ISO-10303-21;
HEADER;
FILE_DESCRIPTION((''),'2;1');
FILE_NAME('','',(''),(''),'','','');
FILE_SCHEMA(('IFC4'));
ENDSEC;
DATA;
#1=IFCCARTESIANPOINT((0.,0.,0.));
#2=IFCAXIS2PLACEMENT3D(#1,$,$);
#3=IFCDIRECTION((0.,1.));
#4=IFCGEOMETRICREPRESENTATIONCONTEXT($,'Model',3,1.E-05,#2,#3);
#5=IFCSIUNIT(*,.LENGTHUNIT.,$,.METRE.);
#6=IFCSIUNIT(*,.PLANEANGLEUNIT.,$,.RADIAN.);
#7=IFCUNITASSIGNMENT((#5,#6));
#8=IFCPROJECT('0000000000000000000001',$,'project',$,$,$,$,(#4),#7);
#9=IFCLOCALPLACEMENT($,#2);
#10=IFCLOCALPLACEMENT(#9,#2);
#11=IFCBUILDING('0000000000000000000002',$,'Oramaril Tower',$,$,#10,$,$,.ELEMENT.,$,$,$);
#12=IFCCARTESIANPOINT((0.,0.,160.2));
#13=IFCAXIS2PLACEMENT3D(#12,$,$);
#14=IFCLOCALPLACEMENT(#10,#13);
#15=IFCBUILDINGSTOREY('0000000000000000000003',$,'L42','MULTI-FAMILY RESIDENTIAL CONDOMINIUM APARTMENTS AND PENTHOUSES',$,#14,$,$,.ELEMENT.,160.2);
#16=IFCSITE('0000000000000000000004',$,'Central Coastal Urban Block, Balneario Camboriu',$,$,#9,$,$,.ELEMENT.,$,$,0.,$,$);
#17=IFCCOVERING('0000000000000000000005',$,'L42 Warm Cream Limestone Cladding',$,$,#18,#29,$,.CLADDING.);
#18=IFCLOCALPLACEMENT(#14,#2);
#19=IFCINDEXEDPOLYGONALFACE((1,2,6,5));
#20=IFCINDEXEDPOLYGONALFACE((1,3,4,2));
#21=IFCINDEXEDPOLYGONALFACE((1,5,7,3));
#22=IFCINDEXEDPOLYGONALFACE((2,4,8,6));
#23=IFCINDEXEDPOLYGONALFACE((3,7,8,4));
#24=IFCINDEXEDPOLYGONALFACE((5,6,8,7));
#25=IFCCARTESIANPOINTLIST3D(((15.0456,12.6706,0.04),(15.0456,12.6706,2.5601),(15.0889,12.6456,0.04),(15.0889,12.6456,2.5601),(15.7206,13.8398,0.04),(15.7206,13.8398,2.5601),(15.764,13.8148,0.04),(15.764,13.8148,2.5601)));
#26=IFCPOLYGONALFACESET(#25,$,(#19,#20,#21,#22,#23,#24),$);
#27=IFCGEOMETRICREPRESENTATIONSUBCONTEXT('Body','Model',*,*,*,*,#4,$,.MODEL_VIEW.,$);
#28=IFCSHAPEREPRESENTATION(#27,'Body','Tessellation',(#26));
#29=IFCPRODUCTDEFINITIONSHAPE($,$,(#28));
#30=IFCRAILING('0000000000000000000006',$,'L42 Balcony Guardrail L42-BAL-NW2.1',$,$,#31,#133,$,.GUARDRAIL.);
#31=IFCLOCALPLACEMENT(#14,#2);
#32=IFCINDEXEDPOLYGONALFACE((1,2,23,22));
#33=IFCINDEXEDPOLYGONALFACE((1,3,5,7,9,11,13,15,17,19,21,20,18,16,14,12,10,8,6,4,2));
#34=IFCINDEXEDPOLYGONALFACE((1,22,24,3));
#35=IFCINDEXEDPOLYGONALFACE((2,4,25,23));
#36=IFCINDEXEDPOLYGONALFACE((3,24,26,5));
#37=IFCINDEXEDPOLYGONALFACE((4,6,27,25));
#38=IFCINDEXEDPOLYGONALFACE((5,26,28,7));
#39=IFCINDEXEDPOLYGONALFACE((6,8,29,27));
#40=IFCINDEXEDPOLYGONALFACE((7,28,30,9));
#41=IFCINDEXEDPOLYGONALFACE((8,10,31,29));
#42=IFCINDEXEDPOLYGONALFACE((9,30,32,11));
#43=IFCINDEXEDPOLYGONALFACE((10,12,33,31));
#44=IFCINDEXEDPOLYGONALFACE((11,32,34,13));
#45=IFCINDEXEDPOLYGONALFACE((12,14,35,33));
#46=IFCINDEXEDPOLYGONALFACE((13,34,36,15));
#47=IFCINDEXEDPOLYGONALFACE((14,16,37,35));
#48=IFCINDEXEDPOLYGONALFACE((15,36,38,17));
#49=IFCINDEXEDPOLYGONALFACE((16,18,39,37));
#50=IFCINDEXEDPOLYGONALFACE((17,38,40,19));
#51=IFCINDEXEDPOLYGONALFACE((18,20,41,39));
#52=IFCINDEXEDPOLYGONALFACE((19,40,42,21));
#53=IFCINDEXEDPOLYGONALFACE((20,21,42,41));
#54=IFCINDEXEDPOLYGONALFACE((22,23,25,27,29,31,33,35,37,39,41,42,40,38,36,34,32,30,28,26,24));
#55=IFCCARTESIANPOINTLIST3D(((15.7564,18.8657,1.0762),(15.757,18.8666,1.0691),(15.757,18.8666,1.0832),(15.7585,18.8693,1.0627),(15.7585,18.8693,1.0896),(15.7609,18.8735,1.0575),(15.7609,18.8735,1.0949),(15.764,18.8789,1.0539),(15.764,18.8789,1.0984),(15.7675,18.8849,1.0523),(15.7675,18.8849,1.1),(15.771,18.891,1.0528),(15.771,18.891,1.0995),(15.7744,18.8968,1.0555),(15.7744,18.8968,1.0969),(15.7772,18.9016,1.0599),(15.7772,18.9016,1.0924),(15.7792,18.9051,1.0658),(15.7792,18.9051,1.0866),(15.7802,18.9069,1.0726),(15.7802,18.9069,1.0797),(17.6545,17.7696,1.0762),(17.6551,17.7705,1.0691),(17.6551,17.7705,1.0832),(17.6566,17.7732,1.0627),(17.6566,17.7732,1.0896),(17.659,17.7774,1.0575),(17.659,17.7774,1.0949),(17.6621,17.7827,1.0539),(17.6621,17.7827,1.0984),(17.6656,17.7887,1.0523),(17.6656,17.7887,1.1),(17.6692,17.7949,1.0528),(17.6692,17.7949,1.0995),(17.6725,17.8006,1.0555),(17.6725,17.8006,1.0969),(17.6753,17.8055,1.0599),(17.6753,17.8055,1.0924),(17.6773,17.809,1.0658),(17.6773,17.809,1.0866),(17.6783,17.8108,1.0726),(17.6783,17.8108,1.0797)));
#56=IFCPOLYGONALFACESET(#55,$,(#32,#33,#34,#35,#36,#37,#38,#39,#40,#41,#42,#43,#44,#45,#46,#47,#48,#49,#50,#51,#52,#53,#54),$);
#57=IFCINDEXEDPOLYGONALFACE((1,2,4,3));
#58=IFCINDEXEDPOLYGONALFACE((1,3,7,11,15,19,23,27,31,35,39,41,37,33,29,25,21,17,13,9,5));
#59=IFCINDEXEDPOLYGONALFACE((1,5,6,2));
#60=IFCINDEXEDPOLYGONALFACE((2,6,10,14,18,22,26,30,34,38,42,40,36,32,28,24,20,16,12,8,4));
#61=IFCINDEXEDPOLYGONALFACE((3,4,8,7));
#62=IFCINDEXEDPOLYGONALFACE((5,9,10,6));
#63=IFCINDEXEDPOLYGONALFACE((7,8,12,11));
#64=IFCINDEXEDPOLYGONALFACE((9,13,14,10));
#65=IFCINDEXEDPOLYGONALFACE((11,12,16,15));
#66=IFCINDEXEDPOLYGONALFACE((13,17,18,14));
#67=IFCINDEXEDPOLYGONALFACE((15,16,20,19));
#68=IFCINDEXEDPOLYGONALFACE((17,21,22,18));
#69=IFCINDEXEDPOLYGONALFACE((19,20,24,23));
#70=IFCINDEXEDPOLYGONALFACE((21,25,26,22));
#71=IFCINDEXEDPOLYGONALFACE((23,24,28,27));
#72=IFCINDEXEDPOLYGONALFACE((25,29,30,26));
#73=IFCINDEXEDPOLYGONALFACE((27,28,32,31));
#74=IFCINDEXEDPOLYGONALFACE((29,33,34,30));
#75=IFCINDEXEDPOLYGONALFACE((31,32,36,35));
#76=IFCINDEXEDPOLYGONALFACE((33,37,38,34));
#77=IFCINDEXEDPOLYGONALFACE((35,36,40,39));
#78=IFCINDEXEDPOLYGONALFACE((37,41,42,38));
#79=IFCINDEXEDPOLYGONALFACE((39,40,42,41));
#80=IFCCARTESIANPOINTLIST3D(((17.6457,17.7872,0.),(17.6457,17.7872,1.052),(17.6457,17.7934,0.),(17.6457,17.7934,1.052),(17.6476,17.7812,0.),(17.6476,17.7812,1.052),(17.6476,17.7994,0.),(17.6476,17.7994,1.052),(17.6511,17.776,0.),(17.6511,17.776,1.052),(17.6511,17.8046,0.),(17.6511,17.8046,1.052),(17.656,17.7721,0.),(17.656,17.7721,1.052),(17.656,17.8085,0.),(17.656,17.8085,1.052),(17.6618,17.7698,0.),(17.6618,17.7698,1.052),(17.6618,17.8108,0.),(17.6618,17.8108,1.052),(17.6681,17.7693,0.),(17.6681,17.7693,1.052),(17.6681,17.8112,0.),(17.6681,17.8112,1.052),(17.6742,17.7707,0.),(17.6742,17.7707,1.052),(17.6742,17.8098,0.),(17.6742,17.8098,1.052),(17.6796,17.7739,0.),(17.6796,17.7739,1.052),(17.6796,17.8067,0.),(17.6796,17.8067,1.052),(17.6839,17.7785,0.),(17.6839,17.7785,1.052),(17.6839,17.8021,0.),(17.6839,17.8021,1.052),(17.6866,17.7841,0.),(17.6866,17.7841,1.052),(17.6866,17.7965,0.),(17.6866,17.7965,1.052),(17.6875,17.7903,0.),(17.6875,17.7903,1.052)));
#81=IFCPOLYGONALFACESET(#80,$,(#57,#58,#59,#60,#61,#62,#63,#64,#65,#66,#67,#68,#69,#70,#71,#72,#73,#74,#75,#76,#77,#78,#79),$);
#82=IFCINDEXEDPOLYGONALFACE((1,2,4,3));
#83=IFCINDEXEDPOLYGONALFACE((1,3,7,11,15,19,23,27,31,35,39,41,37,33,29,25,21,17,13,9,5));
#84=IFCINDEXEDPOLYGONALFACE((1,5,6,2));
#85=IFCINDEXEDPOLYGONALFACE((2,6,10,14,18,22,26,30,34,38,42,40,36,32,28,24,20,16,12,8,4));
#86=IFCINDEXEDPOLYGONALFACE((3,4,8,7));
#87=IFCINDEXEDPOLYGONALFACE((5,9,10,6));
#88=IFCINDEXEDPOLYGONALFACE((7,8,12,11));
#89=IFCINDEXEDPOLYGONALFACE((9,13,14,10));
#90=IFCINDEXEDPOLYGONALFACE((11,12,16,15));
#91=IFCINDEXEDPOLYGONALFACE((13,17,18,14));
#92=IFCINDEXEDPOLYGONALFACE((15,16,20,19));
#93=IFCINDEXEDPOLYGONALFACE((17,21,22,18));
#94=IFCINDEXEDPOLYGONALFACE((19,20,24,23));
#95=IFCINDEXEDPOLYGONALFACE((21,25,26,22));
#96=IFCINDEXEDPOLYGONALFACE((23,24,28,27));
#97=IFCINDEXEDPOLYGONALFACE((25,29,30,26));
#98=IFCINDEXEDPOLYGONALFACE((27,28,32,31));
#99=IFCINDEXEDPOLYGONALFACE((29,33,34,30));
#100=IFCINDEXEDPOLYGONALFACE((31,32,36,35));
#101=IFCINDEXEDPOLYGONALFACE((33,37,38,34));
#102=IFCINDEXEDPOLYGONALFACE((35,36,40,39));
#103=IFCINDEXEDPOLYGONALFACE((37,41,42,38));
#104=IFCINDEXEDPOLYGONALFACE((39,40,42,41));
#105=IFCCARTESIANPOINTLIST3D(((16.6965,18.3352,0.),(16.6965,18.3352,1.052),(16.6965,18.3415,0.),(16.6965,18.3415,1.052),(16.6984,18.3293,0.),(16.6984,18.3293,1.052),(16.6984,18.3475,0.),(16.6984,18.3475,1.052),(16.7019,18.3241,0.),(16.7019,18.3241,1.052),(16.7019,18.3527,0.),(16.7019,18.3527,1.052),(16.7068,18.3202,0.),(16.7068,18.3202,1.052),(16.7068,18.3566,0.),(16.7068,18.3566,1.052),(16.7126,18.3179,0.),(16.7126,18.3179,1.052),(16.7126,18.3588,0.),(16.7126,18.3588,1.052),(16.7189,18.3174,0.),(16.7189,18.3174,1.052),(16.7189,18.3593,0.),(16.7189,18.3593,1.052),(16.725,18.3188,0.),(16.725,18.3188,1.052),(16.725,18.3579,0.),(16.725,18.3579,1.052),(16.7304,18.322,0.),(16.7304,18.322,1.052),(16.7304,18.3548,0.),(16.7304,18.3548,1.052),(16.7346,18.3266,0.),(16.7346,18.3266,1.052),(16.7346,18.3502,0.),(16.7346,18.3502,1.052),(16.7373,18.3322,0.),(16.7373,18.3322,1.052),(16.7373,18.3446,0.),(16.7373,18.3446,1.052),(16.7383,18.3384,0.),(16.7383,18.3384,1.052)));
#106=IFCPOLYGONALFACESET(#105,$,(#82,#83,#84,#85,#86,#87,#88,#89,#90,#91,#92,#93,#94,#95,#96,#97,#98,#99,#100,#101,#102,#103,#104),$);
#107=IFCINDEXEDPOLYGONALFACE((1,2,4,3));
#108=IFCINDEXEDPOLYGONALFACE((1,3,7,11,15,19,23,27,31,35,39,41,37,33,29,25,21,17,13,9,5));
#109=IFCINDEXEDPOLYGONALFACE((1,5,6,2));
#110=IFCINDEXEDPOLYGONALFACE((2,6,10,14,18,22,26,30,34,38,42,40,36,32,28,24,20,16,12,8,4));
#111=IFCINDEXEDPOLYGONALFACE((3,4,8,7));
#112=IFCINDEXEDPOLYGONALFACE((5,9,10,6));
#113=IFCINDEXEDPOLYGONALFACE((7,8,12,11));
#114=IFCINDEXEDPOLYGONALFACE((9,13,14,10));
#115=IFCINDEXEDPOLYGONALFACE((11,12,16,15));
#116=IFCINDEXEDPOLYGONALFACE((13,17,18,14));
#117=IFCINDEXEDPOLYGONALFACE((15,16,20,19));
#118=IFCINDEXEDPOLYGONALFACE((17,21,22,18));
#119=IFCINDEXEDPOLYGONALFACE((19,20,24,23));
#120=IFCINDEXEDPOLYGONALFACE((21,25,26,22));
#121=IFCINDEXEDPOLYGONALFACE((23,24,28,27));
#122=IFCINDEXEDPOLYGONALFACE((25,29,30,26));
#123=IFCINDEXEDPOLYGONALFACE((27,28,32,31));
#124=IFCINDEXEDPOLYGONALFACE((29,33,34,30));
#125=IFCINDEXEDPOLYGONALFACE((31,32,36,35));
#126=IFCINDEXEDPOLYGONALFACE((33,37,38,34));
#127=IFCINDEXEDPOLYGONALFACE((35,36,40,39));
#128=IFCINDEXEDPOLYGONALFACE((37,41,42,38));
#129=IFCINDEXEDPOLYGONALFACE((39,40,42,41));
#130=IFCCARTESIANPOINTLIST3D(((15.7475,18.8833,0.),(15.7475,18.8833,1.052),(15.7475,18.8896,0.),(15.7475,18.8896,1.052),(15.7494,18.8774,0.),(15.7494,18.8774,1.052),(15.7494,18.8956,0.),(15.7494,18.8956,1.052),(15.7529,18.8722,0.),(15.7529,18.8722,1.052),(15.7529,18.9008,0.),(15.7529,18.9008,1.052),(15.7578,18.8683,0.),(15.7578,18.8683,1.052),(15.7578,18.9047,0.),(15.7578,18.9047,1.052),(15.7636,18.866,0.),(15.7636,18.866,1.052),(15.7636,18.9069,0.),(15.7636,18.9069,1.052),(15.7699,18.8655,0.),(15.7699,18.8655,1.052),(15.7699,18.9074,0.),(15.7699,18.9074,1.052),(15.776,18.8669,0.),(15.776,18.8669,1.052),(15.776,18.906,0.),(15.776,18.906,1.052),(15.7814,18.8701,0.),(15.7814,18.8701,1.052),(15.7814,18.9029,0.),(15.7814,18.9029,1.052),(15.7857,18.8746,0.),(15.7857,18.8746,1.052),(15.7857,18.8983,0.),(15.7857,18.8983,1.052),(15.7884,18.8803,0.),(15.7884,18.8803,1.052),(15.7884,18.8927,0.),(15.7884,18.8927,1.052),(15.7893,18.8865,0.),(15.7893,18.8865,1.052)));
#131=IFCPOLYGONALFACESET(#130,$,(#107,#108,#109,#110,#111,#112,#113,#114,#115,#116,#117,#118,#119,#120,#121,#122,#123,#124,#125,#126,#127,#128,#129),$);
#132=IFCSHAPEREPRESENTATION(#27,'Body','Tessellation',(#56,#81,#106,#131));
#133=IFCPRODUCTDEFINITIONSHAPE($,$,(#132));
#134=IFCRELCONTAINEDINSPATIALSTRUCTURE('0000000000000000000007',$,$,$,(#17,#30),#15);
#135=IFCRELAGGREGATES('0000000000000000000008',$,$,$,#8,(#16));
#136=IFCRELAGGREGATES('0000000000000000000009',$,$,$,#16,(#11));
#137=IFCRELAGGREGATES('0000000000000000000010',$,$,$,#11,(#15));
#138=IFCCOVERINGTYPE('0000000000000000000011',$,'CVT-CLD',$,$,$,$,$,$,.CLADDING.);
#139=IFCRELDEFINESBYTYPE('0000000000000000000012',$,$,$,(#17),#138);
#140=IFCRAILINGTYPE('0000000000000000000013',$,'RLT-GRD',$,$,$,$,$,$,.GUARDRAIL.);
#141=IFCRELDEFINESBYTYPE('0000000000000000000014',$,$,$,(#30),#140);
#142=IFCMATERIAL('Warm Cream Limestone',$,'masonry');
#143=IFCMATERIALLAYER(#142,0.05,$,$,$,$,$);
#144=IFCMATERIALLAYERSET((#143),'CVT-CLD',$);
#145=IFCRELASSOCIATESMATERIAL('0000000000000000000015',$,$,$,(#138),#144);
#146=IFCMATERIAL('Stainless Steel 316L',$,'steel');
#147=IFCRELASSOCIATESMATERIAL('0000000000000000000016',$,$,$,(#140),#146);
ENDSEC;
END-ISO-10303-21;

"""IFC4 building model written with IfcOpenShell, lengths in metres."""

from ifc_helpers import new_model, si_unit, direction, frame, origin, origin_2d, place, context, subcontext, project, spatial, rectangle, circle, extrude, material, layer, layer_set, type_object, element, save


model = new_model("IFC4")

# Units and contexts
model_context = context("Model", 3, precision=1e-05, world=origin(), true_north=direction((0.0, 1.0)))
body_context = subcontext(model_context, "Body", "Model", "MODEL_VIEW")
ifc_project = project(units=[si_unit("LENGTHUNIT", "METRE"), si_unit("PLANEANGLEUNIT", "RADIAN")], contexts=[model_context])

# Site, building, storey
site_placement = place(None, origin())
site = spatial("IfcSite", under=ifc_project, at=site_placement, Name="Central Coastal Urban Block, Balneario Camboriu", CompositionType="ELEMENT", RefElevation=0.0)
building_placement = place(site_placement, origin())
building = spatial("IfcBuilding", under=site, at=building_placement, Name="Oramaril Tower", CompositionType="ELEMENT")
storey_placement = place(building_placement, frame((0.0, 0.0, 160.2)))
storey = spatial("IfcBuildingStorey", under=building, at=storey_placement, Name="L42", Description="MULTI-FAMILY RESIDENTIAL CONDOMINIUM APARTMENTS AND PENTHOUSES", CompositionType="ELEMENT", Elevation=160.2)

# Covering
ifc_material_1 = material(Name="Warm Cream Limestone", Category="masonry")
ifc_layer_1 = layer(ifc_material_1, 0.05)
ifc_layer_set_1 = layer_set([ifc_layer_1], Name="CVT-CLD")
covering_type = type_object("IfcCoveringType", Name="CVT-CLD", PredefinedType="CLADDING", material=ifc_layer_set_1)
covering_placement = place(storey_placement, frame((15.4048, 13.2427, 0.04), z_axis=(0.0, 0.0, 1.0), x_axis=(-0.5, -0.866025, 0.0)))
element("IfcCovering", 1, at=covering_placement, inside=storey, type_object=covering_type, Name="L42 Warm Cream Limestone Cladding", PredefinedType="CLADDING", context=body_context, shape_type="SweptSolid", body=[
    extrude(rectangle(XDim=1.3501, YDim=0.05, at=origin_2d()), origin(), (0.0, 0.0, 1.0), 2.52),
])

# Railing
ifc_material_2 = material(Name="Stainless Steel 316L", Category="steel")
railing_type = type_object("IfcRailingType", Name="RLT-GRD", PredefinedType="GUARDRAIL", material=ifc_material_2)
railing_1_placement = place(storey_placement, frame((17.6665, 17.7903, 0.0)))
element("IfcRailing", 2, at=railing_1_placement, inside=storey, type_object=railing_type, Name="L42 Balcony Guardrail L42-BAL-NW2.1", PredefinedType="GUARDRAIL", context=body_context, shape_type="SweptSolid", body=[
    extrude(circle(Radius=0.0239, at=origin_2d()), frame((0.0, 0.0, 1.0762), z_axis=(-0.865972, 0.500092, 0.0), x_axis=(-0.500092, -0.865972, 0.0)), (0.0, 0.0, 1.0), 2.1919),
    extrude(circle(Radius=0.021, at=origin_2d()), origin(), (0.0, 0.0, 1.0), 1.052),
    extrude(circle(Radius=0.021, at=origin_2d()), frame((-0.9492, 0.5481, 0.0)), (0.0, 0.0, 1.0), 1.052),
    extrude(circle(Radius=0.021, at=origin_2d()), frame((-1.8982, 1.0962, 0.0)), (0.0, 0.0, 1.0), 1.052),
])

save(model, "model.ifc")
